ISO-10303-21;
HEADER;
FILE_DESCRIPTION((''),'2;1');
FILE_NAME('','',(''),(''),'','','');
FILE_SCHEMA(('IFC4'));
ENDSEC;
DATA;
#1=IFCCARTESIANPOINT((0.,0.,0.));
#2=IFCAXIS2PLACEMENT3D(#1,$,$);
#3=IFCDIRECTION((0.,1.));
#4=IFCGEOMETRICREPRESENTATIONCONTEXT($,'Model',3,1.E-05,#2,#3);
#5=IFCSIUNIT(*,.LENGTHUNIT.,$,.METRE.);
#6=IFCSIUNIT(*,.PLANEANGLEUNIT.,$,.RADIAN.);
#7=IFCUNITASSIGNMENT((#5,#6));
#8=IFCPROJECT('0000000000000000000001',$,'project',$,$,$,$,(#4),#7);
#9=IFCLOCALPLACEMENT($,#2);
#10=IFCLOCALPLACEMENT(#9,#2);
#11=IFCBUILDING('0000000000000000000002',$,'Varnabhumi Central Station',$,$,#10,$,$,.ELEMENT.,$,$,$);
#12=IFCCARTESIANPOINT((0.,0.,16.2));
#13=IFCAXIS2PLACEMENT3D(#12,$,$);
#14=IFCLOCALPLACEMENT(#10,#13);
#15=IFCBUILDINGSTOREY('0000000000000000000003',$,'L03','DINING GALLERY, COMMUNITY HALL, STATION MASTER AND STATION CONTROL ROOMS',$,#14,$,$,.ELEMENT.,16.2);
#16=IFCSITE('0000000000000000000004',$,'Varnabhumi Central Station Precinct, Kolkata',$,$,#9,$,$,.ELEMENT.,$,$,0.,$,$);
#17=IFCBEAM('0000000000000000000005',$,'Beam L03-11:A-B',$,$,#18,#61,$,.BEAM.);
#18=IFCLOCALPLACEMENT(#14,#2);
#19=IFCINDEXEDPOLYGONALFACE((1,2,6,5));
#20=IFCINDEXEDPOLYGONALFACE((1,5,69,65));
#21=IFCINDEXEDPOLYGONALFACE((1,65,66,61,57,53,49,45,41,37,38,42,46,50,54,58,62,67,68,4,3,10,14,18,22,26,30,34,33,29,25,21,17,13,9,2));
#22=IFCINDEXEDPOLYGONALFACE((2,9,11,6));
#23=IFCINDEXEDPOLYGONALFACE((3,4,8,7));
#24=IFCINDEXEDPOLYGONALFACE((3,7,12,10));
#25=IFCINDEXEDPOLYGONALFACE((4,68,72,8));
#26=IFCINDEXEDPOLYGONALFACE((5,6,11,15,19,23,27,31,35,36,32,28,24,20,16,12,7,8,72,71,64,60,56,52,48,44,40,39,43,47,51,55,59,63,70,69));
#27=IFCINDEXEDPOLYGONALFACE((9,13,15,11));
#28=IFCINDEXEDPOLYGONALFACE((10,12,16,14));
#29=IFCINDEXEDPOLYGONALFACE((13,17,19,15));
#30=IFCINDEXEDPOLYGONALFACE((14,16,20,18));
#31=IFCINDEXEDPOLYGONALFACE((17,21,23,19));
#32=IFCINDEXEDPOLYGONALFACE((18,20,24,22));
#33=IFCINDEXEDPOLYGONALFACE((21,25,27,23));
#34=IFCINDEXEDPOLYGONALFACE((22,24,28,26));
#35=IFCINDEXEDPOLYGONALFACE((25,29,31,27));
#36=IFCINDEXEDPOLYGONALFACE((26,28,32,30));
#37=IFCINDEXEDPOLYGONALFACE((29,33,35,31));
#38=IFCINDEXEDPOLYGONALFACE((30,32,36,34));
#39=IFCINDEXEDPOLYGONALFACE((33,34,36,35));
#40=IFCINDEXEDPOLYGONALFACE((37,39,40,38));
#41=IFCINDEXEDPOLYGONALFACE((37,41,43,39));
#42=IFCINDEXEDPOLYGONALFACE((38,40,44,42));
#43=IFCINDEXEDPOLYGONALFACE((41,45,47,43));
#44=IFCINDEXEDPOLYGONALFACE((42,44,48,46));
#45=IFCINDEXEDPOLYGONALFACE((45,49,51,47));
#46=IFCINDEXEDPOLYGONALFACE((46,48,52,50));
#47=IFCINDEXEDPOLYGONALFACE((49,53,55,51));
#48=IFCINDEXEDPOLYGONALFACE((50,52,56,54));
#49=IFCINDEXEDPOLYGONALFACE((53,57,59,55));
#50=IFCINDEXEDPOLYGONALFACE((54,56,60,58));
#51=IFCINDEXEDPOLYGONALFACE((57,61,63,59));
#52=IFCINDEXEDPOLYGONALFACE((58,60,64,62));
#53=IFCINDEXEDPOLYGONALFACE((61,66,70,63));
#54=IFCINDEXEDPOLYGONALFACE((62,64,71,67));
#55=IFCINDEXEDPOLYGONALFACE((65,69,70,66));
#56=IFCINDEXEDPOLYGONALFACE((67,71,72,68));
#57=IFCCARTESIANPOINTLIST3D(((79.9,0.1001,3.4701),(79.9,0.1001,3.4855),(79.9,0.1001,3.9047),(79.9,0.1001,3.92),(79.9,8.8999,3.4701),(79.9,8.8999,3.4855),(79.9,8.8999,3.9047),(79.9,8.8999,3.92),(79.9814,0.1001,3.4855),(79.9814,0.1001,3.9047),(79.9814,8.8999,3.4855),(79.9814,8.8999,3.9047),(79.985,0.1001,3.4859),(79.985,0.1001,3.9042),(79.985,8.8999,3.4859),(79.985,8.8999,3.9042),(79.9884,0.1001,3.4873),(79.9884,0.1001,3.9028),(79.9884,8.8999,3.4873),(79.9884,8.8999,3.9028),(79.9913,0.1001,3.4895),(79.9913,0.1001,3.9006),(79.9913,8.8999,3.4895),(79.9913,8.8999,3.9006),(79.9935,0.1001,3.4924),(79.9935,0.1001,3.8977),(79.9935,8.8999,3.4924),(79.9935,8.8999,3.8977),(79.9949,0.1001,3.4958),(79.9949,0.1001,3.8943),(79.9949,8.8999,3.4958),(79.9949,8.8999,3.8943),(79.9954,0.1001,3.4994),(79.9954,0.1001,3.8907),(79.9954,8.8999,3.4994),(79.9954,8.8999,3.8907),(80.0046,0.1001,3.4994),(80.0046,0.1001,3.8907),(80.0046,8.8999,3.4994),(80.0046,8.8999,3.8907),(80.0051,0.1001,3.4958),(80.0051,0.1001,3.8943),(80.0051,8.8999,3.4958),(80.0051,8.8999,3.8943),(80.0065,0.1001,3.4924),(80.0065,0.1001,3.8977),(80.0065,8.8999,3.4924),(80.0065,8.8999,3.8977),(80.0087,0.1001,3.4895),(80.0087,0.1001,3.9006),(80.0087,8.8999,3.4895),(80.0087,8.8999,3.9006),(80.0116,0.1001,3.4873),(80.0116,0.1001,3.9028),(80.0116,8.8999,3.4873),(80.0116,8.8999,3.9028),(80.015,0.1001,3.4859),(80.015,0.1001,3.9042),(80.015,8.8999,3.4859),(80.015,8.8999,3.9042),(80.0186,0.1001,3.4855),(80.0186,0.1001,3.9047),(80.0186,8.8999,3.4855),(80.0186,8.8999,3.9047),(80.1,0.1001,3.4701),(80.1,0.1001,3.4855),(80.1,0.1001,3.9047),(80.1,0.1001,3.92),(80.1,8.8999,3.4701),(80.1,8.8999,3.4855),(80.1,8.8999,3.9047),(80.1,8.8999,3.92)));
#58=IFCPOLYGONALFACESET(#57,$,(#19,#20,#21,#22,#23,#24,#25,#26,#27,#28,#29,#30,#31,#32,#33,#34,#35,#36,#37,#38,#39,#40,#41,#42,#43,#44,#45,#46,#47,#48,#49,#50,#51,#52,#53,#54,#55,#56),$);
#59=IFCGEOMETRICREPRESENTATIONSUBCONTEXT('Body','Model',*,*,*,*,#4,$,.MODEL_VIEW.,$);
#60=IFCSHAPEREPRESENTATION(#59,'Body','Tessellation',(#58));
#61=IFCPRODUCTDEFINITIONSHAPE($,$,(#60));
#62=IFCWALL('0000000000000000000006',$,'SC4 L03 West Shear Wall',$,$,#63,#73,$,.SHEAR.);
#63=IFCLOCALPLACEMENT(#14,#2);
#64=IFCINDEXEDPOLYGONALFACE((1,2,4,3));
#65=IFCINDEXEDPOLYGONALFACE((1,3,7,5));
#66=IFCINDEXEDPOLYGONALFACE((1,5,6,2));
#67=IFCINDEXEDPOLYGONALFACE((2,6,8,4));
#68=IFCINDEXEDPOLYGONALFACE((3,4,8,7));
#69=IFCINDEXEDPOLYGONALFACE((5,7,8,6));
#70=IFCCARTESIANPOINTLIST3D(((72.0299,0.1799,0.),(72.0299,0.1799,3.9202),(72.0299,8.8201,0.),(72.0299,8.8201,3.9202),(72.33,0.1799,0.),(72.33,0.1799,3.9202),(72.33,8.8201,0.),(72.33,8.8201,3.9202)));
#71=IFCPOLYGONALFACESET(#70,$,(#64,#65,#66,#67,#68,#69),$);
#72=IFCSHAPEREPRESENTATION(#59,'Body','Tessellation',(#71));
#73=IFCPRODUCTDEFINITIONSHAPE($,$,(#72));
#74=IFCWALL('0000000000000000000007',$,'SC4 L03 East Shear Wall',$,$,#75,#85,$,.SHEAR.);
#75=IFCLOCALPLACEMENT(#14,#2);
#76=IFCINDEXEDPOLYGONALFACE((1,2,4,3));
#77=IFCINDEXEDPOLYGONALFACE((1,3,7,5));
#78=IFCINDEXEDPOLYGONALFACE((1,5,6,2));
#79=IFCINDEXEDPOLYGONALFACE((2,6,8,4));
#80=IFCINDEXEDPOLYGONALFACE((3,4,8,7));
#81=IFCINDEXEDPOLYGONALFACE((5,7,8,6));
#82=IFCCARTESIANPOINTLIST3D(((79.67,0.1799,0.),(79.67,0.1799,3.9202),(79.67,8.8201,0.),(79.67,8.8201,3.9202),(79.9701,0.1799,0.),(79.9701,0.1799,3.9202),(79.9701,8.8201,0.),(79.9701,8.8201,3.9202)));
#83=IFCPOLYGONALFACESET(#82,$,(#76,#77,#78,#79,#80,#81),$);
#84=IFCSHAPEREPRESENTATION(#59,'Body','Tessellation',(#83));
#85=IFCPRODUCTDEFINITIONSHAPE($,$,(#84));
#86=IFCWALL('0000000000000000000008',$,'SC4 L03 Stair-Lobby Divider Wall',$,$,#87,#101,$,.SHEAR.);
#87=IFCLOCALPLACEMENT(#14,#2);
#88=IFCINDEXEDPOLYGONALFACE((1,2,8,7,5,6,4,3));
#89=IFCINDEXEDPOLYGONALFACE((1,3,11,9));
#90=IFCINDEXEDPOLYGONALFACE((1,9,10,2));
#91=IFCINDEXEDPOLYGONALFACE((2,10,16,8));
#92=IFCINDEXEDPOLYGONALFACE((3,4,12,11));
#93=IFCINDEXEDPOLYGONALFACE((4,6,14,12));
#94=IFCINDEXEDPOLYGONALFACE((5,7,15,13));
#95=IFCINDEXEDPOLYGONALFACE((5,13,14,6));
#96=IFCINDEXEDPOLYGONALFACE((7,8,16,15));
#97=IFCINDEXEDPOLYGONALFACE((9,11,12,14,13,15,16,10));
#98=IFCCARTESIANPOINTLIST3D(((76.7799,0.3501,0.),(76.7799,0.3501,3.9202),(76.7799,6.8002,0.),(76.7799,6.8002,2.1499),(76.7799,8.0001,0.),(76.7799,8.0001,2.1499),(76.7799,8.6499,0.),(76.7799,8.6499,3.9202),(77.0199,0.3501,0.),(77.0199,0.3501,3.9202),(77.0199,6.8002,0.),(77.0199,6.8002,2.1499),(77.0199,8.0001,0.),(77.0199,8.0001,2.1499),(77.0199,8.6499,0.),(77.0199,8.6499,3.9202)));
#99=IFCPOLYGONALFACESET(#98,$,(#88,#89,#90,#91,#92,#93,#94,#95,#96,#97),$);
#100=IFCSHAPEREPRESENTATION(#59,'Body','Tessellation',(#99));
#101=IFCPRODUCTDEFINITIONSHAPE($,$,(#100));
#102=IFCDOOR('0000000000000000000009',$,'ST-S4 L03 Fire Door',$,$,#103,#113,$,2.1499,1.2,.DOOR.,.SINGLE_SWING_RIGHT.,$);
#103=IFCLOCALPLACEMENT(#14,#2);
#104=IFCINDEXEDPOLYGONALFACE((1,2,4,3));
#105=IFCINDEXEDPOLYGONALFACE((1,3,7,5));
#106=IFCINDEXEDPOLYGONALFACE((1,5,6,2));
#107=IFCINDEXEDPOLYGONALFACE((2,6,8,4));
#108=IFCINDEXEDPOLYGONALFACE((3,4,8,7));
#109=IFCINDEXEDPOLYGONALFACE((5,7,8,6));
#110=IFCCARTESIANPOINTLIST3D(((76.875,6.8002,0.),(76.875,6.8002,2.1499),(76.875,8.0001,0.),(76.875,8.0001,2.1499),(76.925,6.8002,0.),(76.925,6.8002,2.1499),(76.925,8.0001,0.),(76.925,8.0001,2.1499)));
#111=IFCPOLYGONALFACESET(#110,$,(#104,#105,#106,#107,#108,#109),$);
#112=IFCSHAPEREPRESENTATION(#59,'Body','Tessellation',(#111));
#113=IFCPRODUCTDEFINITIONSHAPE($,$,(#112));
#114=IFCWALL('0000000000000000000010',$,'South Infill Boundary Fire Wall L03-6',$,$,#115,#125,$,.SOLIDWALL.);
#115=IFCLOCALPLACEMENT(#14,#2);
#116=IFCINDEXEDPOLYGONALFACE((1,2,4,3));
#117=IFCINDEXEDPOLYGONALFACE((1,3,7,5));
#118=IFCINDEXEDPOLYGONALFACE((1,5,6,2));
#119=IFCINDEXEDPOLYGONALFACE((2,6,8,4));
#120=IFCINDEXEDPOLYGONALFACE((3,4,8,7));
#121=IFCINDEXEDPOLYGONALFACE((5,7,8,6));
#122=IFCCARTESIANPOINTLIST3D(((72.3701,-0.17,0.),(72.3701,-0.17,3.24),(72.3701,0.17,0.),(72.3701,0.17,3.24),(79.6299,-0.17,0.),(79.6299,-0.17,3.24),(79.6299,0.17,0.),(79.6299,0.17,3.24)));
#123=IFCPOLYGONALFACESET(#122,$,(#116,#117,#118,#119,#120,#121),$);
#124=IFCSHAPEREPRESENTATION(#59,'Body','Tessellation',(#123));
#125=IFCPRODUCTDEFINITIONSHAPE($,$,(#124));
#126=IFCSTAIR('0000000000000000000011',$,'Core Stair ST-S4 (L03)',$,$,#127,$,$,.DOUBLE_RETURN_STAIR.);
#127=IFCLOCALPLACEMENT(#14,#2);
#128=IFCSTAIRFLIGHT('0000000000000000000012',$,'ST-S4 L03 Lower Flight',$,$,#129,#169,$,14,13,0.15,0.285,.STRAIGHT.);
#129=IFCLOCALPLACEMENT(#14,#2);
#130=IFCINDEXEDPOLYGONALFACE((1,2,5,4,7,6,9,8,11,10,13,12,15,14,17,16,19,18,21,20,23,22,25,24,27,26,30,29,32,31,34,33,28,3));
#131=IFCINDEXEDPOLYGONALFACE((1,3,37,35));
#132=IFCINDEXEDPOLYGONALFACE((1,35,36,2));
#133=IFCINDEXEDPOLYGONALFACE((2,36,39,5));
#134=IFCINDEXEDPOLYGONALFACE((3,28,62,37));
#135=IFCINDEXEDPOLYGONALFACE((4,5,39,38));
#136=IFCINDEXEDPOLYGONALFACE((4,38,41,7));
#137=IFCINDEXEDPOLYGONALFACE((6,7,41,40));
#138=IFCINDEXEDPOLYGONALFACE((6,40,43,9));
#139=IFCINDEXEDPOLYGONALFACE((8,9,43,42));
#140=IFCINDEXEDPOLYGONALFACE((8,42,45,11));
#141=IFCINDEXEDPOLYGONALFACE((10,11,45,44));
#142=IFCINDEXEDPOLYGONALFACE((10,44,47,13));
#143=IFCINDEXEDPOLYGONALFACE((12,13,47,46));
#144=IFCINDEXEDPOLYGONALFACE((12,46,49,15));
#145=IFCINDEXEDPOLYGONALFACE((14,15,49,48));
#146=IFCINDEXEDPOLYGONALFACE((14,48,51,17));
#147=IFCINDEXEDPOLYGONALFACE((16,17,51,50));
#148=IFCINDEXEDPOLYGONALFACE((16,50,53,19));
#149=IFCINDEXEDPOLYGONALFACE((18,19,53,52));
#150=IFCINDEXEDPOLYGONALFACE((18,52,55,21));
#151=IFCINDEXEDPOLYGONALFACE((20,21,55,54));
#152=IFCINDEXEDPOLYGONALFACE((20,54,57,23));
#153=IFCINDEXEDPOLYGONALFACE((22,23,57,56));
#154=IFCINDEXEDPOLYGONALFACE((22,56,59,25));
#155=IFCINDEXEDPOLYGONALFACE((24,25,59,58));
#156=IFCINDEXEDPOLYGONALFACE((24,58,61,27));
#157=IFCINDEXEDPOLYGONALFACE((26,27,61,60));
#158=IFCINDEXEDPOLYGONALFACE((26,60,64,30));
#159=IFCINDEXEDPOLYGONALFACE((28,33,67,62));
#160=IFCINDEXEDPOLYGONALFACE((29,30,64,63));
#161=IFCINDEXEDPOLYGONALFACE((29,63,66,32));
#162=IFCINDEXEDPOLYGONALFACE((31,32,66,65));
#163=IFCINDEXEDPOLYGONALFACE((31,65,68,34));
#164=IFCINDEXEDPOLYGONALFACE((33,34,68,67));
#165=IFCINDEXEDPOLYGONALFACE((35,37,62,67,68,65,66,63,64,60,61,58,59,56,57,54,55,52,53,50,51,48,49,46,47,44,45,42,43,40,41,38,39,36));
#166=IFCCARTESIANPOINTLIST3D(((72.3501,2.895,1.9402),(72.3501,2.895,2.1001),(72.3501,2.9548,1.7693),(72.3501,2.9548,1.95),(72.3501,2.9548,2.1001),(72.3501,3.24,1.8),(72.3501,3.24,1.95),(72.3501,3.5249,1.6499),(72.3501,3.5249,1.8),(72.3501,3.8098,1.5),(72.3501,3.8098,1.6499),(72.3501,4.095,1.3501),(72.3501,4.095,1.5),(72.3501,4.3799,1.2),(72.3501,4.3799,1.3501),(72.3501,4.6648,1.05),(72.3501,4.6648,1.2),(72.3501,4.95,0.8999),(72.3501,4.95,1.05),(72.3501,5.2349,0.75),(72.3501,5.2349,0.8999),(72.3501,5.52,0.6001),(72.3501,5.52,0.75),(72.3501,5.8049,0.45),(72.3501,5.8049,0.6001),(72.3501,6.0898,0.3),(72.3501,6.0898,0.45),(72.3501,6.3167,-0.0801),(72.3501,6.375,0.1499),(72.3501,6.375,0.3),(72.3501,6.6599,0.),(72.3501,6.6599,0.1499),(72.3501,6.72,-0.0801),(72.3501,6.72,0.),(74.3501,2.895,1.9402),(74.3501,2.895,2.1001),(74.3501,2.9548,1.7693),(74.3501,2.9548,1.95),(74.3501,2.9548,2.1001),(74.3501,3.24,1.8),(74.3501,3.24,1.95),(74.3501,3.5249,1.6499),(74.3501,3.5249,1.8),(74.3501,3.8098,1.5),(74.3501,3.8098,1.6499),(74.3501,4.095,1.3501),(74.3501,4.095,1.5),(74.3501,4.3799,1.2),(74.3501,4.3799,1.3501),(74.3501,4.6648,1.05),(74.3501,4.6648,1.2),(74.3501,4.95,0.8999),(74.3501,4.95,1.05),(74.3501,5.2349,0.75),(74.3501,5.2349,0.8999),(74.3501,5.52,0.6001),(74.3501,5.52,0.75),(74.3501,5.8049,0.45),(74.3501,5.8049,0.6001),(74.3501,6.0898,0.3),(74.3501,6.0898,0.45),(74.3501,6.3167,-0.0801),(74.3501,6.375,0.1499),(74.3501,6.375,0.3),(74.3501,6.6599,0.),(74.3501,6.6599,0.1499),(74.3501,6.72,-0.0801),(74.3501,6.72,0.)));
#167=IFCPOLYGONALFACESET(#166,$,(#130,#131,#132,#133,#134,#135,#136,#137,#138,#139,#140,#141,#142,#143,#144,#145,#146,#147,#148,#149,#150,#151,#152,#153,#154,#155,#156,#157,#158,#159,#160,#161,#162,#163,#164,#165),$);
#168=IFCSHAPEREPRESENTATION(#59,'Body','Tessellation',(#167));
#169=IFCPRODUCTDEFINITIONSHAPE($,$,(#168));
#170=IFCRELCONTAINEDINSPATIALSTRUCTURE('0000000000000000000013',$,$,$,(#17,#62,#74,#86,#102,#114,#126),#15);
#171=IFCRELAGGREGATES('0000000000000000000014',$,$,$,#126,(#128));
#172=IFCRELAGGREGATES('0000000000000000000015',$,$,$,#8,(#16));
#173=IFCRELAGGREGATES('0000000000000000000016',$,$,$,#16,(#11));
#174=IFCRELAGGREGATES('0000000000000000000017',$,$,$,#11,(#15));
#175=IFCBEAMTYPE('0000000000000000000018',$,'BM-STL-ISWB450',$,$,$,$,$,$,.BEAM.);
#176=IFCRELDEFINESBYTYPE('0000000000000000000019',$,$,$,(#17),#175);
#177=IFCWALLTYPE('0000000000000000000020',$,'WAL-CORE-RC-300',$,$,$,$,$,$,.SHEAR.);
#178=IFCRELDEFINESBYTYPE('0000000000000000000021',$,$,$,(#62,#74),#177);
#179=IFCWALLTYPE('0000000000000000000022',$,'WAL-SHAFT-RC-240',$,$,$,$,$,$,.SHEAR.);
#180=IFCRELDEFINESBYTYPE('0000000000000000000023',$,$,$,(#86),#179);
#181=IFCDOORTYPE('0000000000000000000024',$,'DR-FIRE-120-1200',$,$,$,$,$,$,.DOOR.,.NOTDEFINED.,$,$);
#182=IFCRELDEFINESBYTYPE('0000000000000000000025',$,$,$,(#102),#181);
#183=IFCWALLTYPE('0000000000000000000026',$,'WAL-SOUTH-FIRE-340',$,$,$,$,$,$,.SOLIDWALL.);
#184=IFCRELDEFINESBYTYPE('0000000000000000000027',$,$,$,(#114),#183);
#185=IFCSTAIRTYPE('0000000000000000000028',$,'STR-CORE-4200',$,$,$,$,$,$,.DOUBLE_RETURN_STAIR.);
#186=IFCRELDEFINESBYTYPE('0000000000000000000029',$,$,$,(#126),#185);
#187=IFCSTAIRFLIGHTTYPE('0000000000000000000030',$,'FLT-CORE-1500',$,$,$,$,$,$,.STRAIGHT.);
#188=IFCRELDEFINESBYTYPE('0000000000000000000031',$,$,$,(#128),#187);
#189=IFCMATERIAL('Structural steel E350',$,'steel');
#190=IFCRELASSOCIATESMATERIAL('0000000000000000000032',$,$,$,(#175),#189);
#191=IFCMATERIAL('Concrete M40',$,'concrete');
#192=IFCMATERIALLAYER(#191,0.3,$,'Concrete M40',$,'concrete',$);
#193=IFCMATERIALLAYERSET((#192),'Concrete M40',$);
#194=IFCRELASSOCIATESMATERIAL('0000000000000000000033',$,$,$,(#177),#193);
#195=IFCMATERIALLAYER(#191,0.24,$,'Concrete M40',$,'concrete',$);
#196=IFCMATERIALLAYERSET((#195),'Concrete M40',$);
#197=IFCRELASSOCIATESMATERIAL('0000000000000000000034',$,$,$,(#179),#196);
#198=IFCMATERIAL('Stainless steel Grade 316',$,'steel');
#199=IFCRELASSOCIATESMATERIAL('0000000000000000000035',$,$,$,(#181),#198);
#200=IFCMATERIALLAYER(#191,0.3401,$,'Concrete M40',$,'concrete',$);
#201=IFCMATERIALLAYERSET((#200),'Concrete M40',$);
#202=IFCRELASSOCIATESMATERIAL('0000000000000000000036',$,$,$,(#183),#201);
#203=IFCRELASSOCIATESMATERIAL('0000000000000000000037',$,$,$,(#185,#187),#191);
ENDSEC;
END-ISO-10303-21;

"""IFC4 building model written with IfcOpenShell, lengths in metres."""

from ifc_helpers import new_model, si_unit, direction, frame, frame_2d, origin, origin_2d, place, context, subcontext, project, spatial, polyline, rectangle, i_section, outline, extrude, material, layer, layer_set, material_profile, profile_set, type_object, element, fill, aggregate, save


model = new_model("IFC4")

# Units and contexts
model_context = context("Model", 3, precision=1e-05, world=origin(), true_north=direction((0.0, 1.0)))
body_context = subcontext(model_context, "Body", "Model", "MODEL_VIEW")
ifc_project = project(units=[si_unit("LENGTHUNIT", "METRE"), si_unit("PLANEANGLEUNIT", "RADIAN")], contexts=[model_context])

# Site, building, storey
site_placement = place(None, origin())
site = spatial("IfcSite", under=ifc_project, at=site_placement, Name="Varnabhumi Central Station Precinct, Kolkata", CompositionType="ELEMENT", RefElevation=0.0)
building_placement = place(site_placement, origin())
building = spatial("IfcBuilding", under=site, at=building_placement, Name="Varnabhumi Central Station", CompositionType="ELEMENT")
storey_placement = place(building_placement, frame((0.0, 0.0, 16.2)))
storey = spatial("IfcBuildingStorey", under=building, at=storey_placement, Name="L03", Description="DINING GALLERY, COMMUNITY HALL, STATION MASTER AND STATION CONTROL ROOMS", CompositionType="ELEMENT", Elevation=16.2)

# Shared definitions
ifc_material_1 = material(Name="Concrete M40", Category="concrete")

# Beam
ifc_material_2 = material(Name="Structural steel E350", Category="steel")
ifc_material_profile_1 = material_profile(ifc_material_2, i_section(OverallWidth=0.2, OverallDepth=0.45, WebThickness=0.0093, FlangeThickness=0.0154, FilletRadius=0.0139, at=origin_2d()), Name="Structural steel E350", Category="steel")
ifc_profile_set_1 = profile_set([ifc_material_profile_1], Name="Structural steel E350")
beam_type_1 = type_object("IfcBeamType", Name="BM-STL-ISWB450", PredefinedType="BEAM", material=ifc_profile_set_1)
beam_placement = place(storey_placement, frame((80.0, 0.1001, 3.6951), z_axis=(0.0, 1.0, 0.0), x_axis=(-1.0, 0.0, 0.0)))
element("IfcBeam", 1, at=beam_placement, inside=storey, type_object=beam_type_1, Name="Beam L03-11:A-B", PredefinedType="BEAM", context=body_context, shape_type="SweptSolid", body=[
    extrude(i_section(OverallWidth=0.2, OverallDepth=0.45, WebThickness=0.0093, FlangeThickness=0.0154, FilletRadius=0.0139, at=origin_2d()), origin(), (0.0, 0.0, 1.0), 8.7998),
])

# Walls
ifc_layer_1 = layer(ifc_material_1, 0.3, Name="Concrete M40", Category="concrete")
ifc_layer_set_1 = layer_set([ifc_layer_1], Name="Concrete M40")
wall_type_1 = type_object("IfcWallType", Name="WAL-CORE-RC-300", PredefinedType="SHEAR", material=ifc_layer_set_1)
for number, where, z_axis, x_axis, name in (
    (2, (72.1799, 0.1799, 0.0), (0.0, 0.0, 1.0), (0.0, 1.0, 0.0), "SC4 L03 West Shear Wall"),
    (3, (79.8201, 0.1799, 0.0), (0.0, 0.0, 1.0), (0.0, 1.0, 0.0), "SC4 L03 East Shear Wall"),
):
    element("IfcWall", number, at=place(storey_placement, frame(where, z_axis=z_axis, x_axis=x_axis)), inside=storey, type_object=wall_type_1, Name=name, PredefinedType="SHEAR", context=body_context, shape_type="SweptSolid", body=[
        extrude(rectangle(XDim=8.6401, YDim=0.3, at=frame_2d((4.3201, 0.0))), origin(), (0.0, 0.0, 1.0), 3.9202),
    ])

# Wall, opening, door
ifc_layer_2 = layer(ifc_material_1, 0.24, Name="Concrete M40", Category="concrete")
ifc_layer_set_2 = layer_set([ifc_layer_2], Name="Concrete M40")
wall_type_2 = type_object("IfcWallType", Name="WAL-SHAFT-RC-240", PredefinedType="SHEAR", material=ifc_layer_set_2)
wall_1_placement = place(storey_placement, frame((76.8999, 0.3501, 0.0), z_axis=(0.0, 0.0, 1.0), x_axis=(0.0, 1.0, 0.0)))
wall_1 = element("IfcWall", 4, at=wall_1_placement, inside=storey, type_object=wall_type_2, Name="SC4 L03 Stair-Lobby Divider Wall", PredefinedType="SHEAR", context=body_context, shape_type="SweptSolid", body=[
    extrude(rectangle(XDim=8.2998, YDim=0.24, at=frame_2d((4.1499, 0.0))), origin(), (0.0, 0.0, 1.0), 3.9202),
])
opening_1_placement = place(wall_1_placement, frame((6.45, 0.0, 0.0)))
opening_1 = element("IfcOpeningElement", 5, at=opening_1_placement, cuts=wall_1, PredefinedType="OPENING", context=body_context, shape_type="SweptSolid", body=[
    extrude(rectangle(XDim=1.2, YDim=2.1499, at=frame_2d((0.6001, 1.075))), frame((0.0, 0.1299, 0.0), z_axis=(0.0, -1.0, 0.0), x_axis=(1.0, 0.0, 0.0)), (0.0, 0.0, 1.0), 0.26),
])
ifc_material_3 = material(Name="Stainless steel Grade 316", Category="steel")
door_type_1 = type_object("IfcDoorType", Name="DR-FIRE-120-1200", OperationType="NOTDEFINED", PredefinedType="DOOR", material=ifc_material_3)
door_1_placement = place(opening_1_placement, origin())
door_1 = element("IfcDoor", 6, at=door_1_placement, inside=storey, type_object=door_type_1, Name="ST-S4 L03 Fire Door", OperationType="SINGLE_SWING_RIGHT", OverallHeight=2.1499, OverallWidth=1.2, PredefinedType="DOOR", context=body_context, shape_type="SweptSolid", body=[
    extrude(rectangle(XDim=1.2, YDim=2.1499, at=frame_2d((0.6001, 1.075))), frame((0.0, 0.0249, 0.0), z_axis=(0.0, -1.0, 0.0), x_axis=(1.0, 0.0, 0.0)), (0.0, 0.0, 1.0), 0.05),
])
fill(opening_1, door_1)

# Wall
ifc_layer_3 = layer(ifc_material_1, 0.3401, Name="Concrete M40", Category="concrete")
ifc_layer_set_3 = layer_set([ifc_layer_3], Name="Concrete M40")
wall_type_3 = type_object("IfcWallType", Name="WAL-SOUTH-FIRE-340", PredefinedType="SOLIDWALL", material=ifc_layer_set_3)
wall_2_placement = place(storey_placement, frame((72.3701, 0.0, 0.0), z_axis=(0.0, 0.0, 1.0), x_axis=(1.0, 0.0, 0.0)))
element("IfcWall", 7, at=wall_2_placement, inside=storey, type_object=wall_type_3, Name="South Infill Boundary Fire Wall L03-6", PredefinedType="SOLIDWALL", context=body_context, shape_type="SweptSolid", body=[
    extrude(rectangle(XDim=7.2598, YDim=0.3401, at=frame_2d((3.6299, 0.0))), origin(), (0.0, 0.0, 1.0), 3.24),
])

# Stair, stair flight
stair_type = type_object("IfcStairType", Name="STR-CORE-4200", PredefinedType="DOUBLE_RETURN_STAIR", material=ifc_material_1)
stair_placement = place(storey_placement, origin())
stair = element("IfcStair", 8, at=stair_placement, inside=storey, type_object=stair_type, Name="Core Stair ST-S4 (L03)", PredefinedType="DOUBLE_RETURN_STAIR")
stair_flight_type = type_object("IfcStairFlightType", Name="FLT-CORE-1500", PredefinedType="STRAIGHT", material=ifc_material_1)
stair_flight_1_placement = place(storey_placement, frame((73.3501, 6.6599, 0.0), z_axis=(0.0, 0.0, 1.0), x_axis=(0.0, -1.0, 0.0)))
stair_flight_1 = element("IfcStairFlight", 9, at=stair_flight_1_placement, type_object=stair_flight_type, Name="ST-S4 L03 Lower Flight", NumberOfRisers=14, NumberOfTreads=13, PredefinedType="STRAIGHT", RiserHeight=0.15, TreadLength=0.285, context=body_context, shape_type="SweptSolid", body=[
    extrude(outline(polyline([(-0.0601, -0.0801), (-0.0601, 0.0), (0.0, 0.0), (0.0, 0.1499), (0.2849, 0.1499), (0.2849, 0.3), (0.5701, 0.3), (0.5701, 0.45), (0.855, 0.45), (0.855, 0.6001), (1.1399, 0.6001), (1.1399, 0.75), (1.425, 0.75), (1.425, 0.8999), (1.71, 0.8999), (1.71, 1.05), (1.9951, 1.05), (1.9951, 1.2), (2.28, 1.2), (2.28, 1.3501), (2.5649, 1.3501), (2.5649, 1.5), (2.8501, 1.5), (2.8501, 1.6499), (3.135, 1.6499), (3.135, 1.8), (3.4199, 1.8), (3.4199, 1.95), (3.7051, 1.95), (3.7051, 2.1001), (3.7649, 2.1001), (3.7649, 1.9402), (3.7051, 1.7693), (0.3433, -0.0801), (-0.0601, -0.0801)])), frame((0.0, 1.0, 0.0), z_axis=(0.0, -1.0, 0.0), x_axis=(1.0, 0.0, 0.0)), (0.0, 0.0, 1.0), 2.0),
])
aggregate(stair, [stair_flight_1])

save(model, "model.ifc")
